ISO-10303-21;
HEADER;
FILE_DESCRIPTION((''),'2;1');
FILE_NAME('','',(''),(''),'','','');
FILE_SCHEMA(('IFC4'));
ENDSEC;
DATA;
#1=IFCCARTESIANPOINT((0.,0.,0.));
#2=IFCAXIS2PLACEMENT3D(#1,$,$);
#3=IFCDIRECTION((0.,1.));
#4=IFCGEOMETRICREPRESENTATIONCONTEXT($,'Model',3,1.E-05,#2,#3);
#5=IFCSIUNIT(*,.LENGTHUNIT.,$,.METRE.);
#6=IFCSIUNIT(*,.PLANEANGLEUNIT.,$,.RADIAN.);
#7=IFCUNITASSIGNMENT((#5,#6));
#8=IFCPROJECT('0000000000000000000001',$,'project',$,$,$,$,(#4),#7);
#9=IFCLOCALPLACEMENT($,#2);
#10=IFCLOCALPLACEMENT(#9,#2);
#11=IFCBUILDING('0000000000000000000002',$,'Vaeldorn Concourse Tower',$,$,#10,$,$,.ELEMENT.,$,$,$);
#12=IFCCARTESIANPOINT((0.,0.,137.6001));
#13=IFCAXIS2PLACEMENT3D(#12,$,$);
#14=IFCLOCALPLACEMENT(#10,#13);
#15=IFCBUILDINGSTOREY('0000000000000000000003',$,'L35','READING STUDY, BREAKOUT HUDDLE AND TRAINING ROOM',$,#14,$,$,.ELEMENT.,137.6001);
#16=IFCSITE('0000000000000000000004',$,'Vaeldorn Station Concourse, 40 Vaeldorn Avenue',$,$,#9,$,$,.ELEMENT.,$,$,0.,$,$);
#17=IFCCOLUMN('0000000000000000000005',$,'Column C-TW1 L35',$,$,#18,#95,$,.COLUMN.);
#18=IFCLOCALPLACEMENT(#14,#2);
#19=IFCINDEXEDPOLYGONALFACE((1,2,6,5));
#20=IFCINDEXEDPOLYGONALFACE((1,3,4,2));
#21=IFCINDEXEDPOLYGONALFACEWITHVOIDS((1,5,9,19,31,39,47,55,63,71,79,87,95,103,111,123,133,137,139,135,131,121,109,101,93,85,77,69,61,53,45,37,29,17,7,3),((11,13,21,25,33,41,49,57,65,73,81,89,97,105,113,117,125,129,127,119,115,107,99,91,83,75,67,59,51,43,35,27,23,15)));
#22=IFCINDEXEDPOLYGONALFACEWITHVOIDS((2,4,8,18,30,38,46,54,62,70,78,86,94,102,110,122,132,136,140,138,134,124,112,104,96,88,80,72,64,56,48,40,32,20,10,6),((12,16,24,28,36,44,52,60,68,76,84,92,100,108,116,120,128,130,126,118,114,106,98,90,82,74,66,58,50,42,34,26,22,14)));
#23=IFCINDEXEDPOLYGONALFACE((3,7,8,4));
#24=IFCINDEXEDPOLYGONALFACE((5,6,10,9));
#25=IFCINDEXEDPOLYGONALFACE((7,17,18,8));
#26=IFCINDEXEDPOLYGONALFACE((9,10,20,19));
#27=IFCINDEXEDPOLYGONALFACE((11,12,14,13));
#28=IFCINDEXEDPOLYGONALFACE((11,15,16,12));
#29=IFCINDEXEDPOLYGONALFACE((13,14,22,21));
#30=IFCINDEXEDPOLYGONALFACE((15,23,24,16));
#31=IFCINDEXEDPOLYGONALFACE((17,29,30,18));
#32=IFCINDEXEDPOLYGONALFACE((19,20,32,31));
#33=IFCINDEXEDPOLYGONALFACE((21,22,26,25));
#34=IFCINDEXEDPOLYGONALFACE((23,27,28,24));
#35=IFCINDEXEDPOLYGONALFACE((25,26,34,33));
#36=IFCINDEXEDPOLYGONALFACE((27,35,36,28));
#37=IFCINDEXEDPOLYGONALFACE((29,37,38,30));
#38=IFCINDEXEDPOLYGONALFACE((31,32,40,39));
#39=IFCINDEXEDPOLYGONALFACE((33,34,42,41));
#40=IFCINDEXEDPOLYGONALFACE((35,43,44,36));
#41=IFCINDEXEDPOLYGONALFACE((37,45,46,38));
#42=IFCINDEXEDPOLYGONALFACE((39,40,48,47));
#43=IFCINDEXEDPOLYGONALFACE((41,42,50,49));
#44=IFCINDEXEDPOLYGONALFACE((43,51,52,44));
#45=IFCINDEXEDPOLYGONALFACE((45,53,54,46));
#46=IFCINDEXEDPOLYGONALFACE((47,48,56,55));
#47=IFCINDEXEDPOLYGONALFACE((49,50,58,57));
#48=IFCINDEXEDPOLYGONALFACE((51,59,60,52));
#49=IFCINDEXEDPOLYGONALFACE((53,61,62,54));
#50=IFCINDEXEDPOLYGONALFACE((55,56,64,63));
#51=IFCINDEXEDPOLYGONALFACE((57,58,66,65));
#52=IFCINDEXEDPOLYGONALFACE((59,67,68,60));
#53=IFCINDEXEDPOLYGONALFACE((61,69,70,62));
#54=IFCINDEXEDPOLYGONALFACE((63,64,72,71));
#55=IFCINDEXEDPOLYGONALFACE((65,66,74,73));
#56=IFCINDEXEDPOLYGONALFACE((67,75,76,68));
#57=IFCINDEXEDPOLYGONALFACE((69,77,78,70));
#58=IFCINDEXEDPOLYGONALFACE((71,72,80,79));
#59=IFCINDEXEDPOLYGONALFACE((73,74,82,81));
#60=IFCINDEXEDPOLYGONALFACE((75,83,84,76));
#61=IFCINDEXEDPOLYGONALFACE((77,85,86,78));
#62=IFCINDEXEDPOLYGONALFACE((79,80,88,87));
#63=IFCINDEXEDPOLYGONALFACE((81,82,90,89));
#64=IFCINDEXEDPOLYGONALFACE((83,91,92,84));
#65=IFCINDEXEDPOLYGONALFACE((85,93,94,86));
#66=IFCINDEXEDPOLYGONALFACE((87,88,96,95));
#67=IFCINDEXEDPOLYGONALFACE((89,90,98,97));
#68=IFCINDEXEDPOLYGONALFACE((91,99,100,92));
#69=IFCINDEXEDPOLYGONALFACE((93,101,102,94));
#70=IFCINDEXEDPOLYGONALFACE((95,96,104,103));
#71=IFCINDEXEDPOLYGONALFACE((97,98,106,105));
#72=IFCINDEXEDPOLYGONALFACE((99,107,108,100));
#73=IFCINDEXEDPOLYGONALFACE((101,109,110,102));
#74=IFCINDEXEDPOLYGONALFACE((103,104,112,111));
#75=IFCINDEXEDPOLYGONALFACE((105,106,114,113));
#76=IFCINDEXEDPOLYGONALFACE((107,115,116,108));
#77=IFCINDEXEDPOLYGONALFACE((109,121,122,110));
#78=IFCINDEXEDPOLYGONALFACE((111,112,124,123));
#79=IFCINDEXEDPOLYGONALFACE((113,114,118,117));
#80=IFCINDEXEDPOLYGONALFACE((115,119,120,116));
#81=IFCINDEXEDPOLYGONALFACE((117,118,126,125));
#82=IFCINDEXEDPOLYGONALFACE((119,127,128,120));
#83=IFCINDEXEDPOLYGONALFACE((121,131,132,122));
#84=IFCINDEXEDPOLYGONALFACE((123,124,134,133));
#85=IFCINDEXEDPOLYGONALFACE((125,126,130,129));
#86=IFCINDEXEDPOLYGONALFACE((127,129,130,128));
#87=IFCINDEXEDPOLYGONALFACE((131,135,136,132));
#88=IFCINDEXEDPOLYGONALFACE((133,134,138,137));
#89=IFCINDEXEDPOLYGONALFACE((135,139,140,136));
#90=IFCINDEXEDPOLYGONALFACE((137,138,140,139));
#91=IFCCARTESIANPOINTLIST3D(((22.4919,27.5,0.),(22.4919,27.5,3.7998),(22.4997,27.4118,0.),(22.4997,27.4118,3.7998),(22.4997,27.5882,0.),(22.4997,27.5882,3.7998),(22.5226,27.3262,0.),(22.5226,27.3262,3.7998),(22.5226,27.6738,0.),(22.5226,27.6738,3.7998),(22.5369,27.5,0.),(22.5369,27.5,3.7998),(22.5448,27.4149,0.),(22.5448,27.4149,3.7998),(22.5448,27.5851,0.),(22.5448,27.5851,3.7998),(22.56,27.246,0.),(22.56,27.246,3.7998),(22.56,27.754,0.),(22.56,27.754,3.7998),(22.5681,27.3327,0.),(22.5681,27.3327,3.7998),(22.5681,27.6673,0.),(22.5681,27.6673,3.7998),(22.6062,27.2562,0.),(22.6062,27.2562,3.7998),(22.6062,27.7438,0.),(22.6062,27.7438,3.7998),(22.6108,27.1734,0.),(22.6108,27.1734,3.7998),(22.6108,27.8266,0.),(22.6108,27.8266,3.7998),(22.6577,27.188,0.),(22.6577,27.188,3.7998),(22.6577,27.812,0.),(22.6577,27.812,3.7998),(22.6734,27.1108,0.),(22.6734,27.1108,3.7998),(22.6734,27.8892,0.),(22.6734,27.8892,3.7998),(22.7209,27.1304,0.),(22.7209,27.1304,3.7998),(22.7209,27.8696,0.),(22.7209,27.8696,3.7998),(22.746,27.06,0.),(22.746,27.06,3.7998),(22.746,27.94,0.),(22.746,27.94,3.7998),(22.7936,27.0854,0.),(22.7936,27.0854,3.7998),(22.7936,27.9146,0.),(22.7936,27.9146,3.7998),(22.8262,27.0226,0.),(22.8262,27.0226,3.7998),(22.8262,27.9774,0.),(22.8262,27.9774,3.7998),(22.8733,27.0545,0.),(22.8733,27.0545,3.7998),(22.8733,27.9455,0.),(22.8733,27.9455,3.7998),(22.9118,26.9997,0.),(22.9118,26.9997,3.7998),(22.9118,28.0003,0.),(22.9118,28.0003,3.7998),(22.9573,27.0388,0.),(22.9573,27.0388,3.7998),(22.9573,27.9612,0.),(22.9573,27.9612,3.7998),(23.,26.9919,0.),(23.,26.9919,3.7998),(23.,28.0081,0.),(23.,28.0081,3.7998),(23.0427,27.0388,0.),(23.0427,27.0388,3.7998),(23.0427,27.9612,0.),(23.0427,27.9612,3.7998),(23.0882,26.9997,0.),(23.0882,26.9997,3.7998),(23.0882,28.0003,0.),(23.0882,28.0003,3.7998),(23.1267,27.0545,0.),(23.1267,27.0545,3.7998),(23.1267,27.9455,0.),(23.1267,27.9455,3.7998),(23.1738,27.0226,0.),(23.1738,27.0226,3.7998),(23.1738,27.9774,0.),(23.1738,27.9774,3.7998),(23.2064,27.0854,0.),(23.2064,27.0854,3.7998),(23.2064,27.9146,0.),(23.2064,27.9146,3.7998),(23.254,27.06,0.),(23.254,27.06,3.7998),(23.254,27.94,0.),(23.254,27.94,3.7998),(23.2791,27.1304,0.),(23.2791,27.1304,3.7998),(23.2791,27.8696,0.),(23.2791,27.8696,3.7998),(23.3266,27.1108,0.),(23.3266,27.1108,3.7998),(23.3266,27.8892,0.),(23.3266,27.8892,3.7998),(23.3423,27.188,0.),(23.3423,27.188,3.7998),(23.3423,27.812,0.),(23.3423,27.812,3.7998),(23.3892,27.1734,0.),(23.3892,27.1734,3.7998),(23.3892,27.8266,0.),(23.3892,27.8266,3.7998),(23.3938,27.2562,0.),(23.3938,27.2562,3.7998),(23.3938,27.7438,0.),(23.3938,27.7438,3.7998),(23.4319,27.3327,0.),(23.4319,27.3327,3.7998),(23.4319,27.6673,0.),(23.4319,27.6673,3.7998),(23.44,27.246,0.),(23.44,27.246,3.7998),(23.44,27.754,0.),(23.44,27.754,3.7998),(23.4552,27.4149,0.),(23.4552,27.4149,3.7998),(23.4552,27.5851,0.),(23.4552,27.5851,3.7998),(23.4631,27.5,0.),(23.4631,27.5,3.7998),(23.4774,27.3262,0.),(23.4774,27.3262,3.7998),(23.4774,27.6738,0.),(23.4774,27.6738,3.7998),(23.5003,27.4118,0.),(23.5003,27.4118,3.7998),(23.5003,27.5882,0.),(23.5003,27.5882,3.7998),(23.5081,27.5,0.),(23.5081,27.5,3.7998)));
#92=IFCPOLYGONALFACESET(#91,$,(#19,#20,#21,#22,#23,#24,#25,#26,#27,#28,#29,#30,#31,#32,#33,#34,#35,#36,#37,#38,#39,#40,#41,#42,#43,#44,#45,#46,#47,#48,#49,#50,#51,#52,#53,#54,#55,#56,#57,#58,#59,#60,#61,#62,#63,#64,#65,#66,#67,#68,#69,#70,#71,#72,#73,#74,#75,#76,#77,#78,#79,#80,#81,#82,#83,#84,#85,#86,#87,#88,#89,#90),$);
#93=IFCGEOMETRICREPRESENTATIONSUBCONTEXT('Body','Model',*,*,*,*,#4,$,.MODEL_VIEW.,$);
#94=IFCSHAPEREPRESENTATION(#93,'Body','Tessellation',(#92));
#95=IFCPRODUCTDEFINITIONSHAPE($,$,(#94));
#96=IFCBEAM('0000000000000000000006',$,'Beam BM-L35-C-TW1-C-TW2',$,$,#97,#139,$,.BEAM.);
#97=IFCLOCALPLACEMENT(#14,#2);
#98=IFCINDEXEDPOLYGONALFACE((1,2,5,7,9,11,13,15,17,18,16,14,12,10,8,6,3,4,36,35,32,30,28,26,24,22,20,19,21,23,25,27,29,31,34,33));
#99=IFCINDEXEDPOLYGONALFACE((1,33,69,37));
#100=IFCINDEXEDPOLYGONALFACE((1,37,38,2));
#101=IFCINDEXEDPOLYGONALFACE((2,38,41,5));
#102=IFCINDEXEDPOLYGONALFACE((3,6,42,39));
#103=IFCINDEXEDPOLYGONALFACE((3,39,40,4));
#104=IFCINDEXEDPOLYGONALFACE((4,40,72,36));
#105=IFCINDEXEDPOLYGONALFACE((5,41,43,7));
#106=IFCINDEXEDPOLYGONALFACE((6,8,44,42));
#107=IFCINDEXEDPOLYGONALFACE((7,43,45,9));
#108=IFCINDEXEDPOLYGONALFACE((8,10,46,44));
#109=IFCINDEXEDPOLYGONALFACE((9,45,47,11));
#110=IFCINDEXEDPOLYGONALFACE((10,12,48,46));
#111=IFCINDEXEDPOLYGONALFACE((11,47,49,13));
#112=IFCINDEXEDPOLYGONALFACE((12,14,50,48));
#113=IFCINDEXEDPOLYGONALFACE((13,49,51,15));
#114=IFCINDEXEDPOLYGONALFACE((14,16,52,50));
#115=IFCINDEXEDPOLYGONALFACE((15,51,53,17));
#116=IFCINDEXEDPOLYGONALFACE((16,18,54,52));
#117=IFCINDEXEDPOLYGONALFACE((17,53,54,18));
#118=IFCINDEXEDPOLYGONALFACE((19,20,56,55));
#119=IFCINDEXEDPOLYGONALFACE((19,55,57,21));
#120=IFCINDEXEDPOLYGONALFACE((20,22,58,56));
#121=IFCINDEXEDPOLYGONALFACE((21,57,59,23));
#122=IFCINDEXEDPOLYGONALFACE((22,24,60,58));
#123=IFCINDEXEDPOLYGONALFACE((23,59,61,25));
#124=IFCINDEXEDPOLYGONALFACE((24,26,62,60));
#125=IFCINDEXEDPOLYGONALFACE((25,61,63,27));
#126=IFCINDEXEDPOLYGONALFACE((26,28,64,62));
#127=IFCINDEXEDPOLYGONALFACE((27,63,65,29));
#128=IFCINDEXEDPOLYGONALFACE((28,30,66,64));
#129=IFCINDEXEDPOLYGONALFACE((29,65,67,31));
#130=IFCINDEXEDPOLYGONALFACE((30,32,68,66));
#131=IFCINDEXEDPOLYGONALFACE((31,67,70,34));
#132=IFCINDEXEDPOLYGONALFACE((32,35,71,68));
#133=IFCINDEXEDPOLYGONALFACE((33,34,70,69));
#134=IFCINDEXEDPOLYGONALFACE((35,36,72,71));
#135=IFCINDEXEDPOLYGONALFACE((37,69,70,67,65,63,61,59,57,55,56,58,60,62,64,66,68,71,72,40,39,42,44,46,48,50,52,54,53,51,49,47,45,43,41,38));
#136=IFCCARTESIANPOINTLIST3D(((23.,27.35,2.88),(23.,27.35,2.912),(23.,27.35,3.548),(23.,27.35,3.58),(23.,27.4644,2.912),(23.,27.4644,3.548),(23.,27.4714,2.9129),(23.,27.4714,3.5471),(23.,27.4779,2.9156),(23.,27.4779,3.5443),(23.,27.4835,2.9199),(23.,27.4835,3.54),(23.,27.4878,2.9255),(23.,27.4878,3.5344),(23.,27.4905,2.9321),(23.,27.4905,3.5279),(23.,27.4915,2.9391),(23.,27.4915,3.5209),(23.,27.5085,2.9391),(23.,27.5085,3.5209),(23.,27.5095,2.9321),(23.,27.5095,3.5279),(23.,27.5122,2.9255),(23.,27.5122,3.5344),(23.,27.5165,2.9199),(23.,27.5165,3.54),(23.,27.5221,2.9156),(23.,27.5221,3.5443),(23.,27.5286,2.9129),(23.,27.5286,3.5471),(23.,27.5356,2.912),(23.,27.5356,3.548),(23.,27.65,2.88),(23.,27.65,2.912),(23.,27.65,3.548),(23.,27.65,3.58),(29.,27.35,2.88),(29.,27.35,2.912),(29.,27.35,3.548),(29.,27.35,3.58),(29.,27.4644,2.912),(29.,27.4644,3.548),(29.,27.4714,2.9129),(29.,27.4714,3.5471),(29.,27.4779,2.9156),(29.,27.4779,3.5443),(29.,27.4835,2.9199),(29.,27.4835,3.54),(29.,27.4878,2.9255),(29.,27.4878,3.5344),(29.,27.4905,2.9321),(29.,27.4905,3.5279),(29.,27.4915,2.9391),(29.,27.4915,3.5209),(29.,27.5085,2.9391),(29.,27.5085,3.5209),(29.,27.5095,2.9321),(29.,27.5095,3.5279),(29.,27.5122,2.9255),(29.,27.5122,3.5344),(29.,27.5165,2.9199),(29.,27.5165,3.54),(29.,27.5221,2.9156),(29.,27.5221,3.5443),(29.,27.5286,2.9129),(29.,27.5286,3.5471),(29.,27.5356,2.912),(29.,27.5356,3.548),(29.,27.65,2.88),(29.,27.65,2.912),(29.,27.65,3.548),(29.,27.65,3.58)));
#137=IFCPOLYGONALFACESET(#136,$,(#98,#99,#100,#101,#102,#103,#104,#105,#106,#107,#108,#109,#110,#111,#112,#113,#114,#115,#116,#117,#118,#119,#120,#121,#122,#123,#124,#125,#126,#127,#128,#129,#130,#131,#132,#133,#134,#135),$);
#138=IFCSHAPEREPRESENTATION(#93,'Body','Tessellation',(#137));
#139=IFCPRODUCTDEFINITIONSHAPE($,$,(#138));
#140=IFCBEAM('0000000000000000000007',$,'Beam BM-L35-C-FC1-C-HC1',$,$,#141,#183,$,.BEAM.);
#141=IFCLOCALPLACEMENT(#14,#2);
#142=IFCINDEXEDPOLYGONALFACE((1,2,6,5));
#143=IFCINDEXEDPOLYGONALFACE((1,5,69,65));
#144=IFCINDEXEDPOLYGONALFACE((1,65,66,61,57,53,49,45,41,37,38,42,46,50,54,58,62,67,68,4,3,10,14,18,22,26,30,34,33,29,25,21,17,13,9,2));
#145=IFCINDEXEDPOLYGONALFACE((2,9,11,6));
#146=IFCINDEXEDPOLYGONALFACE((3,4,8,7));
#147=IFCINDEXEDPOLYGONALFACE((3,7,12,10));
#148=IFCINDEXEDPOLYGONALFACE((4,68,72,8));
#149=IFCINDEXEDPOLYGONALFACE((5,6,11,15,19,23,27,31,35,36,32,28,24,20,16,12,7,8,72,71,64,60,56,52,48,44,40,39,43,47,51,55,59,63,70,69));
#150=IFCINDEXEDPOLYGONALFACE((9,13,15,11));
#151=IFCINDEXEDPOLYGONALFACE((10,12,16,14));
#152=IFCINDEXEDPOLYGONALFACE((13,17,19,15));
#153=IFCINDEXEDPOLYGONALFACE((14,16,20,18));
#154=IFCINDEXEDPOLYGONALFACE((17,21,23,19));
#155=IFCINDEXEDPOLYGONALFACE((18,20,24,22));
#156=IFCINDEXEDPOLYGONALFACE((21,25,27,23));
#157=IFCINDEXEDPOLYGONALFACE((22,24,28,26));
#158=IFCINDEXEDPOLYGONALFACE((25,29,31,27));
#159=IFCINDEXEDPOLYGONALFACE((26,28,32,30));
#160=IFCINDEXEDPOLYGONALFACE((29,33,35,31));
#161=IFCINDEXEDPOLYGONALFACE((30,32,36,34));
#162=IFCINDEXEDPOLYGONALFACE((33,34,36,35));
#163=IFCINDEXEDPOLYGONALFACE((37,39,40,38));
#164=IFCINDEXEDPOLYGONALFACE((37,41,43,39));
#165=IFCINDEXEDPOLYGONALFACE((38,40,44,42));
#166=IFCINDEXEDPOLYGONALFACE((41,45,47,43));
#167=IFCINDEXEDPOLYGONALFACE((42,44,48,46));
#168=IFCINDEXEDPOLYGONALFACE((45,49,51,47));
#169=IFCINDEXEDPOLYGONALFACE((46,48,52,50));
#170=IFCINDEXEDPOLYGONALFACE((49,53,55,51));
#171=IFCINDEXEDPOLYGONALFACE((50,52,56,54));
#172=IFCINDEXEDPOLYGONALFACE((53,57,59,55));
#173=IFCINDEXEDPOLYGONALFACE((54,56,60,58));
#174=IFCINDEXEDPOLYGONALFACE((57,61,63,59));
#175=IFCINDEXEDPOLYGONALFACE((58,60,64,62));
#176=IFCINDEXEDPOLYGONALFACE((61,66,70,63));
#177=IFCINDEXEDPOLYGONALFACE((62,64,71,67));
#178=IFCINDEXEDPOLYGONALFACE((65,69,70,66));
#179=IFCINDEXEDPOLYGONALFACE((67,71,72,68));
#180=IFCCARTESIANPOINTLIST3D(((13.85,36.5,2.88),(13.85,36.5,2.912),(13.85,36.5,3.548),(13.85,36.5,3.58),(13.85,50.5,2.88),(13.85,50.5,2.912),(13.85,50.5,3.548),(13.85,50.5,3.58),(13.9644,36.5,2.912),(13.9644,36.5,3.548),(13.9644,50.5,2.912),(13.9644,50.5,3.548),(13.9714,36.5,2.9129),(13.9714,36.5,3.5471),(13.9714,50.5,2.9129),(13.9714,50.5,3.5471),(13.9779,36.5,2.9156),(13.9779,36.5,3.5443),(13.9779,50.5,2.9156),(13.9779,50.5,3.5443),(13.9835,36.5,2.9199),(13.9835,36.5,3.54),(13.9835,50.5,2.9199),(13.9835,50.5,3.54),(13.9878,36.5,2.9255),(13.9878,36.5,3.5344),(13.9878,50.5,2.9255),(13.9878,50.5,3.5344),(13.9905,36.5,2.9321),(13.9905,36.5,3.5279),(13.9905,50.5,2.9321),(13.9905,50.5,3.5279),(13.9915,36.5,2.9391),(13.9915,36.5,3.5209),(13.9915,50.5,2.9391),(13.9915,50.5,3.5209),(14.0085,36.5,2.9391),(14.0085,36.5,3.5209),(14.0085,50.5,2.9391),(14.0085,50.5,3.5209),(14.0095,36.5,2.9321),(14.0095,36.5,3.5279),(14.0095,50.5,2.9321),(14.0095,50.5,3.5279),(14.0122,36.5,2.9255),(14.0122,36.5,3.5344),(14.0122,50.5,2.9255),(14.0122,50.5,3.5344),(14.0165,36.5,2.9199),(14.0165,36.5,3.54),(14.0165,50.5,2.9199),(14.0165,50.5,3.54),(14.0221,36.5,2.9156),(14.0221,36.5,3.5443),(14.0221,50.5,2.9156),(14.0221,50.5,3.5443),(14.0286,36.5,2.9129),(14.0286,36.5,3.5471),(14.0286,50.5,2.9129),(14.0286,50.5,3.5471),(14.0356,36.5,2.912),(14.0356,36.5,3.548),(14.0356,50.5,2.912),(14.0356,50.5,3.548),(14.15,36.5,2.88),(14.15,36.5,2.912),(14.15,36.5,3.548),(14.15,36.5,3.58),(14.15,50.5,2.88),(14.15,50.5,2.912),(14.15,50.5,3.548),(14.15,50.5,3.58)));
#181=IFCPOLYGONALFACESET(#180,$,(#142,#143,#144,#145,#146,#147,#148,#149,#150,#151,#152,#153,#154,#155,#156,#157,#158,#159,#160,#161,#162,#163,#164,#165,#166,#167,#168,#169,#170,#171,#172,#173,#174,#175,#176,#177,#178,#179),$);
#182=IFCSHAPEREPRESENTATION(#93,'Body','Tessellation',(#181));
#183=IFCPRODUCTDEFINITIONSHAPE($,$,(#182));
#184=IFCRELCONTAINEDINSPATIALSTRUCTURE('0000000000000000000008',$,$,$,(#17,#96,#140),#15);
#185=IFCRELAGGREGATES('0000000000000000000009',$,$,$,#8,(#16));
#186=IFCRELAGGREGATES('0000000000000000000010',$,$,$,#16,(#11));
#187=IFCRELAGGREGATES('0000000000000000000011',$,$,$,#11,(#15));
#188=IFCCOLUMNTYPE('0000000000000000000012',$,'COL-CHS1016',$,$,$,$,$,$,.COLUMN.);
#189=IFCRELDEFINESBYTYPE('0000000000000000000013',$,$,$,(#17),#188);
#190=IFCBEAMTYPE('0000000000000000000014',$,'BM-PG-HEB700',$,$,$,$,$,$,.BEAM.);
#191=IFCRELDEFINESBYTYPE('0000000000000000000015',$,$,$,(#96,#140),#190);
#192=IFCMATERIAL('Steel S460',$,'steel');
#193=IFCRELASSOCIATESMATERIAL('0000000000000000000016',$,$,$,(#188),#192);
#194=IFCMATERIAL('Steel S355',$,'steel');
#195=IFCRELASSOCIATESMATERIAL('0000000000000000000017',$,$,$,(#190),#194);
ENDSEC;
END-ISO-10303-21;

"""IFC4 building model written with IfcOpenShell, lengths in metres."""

from ifc_helpers import new_model, si_unit, direction, frame, origin, origin_2d, place, context, subcontext, project, spatial, hollow_circle, i_section, extrude, source, transform, mapped, material, material_profile, profile_set, type_object, element, save


model = new_model("IFC4")

# Units and contexts
model_context = context("Model", 3, precision=1e-05, world=origin(), true_north=direction((0.0, 1.0)))
body_context = subcontext(model_context, "Body", "Model", "MODEL_VIEW")
ifc_project = project(units=[si_unit("LENGTHUNIT", "METRE"), si_unit("PLANEANGLEUNIT", "RADIAN")], contexts=[model_context])

# Site, building, storey
site_placement = place(None, origin())
site = spatial("IfcSite", under=ifc_project, at=site_placement, Name="Vaeldorn Station Concourse, 40 Vaeldorn Avenue", CompositionType="ELEMENT", RefElevation=0.0)
building_placement = place(site_placement, origin())
building = spatial("IfcBuilding", under=site, at=building_placement, Name="Vaeldorn Concourse Tower", CompositionType="ELEMENT")
storey_placement = place(building_placement, frame((0.0, 0.0, 137.6001)))
storey = spatial("IfcBuildingStorey", under=building, at=storey_placement, Name="L35", Description="READING STUDY, BREAKOUT HUDDLE AND TRAINING ROOM", CompositionType="ELEMENT", Elevation=137.6001)

# Column
ifc_material_1 = material(Name="Steel S460", Category="steel")
ifc_material_profile_1 = material_profile(ifc_material_1, hollow_circle(Radius=0.5081, WallThickness=0.0449, at=origin_2d()), Name="CHS 1016x45")
ifc_profile_set_1 = profile_set([ifc_material_profile_1], Name="Steel S460")
column_type = type_object("IfcColumnType", Name="COL-CHS1016", PredefinedType="COLUMN", material=ifc_profile_set_1)
shared_shape_1 = source(origin(), body_context, "Body", "SweptSolid", [
    extrude(hollow_circle(Radius=0.5081, WallThickness=0.0449, at=origin_2d()), origin(), (0.0, 0.0, 1.0), 3.7998),
])
column_placement = place(storey_placement, frame((23.0, 27.5, 0.0), z_axis=(0.0, 0.0, 1.0), x_axis=(1.0, 0.0, 0.0)))
element("IfcColumn", 1, at=column_placement, inside=storey, type_object=column_type, Name="Column C-TW1 L35", PredefinedType="COLUMN", context=body_context, shape_type="MappedRepresentation", body=[
    mapped(shared_shape_1, transform((0.0, 0.0, 0.0), scale=1.0)),
])

# Beams
ifc_material_2 = material(Name="Steel S355", Category="steel")
ifc_material_profile_2 = material_profile(ifc_material_2, i_section(OverallWidth=0.3, OverallDepth=0.7, WebThickness=0.0171, FlangeThickness=0.032, FilletRadius=0.0271, at=origin_2d()), Name="HEB 700")
ifc_profile_set_2 = profile_set([ifc_material_profile_2], Name="Steel S355")
beam_type = type_object("IfcBeamType", Name="BM-PG-HEB700", PredefinedType="BEAM", material=ifc_profile_set_2)
shared_shape_2 = source(origin(), body_context, "Body", "SweptSolid", [
    extrude(i_section(OverallWidth=0.3, OverallDepth=0.7, WebThickness=0.0171, FlangeThickness=0.032, FilletRadius=0.0271, at=origin_2d()), origin(), (0.0, 0.0, 1.0), 6.0),
])
beam_1_placement = place(storey_placement, frame((23.0, 27.5, 3.23), z_axis=(1.0, 0.0, 0.0), x_axis=(0.0, 1.0, 0.0)))
element("IfcBeam", 2, at=beam_1_placement, inside=storey, type_object=beam_type, Name="Beam BM-L35-C-TW1-C-TW2", PredefinedType="BEAM", context=body_context, shape_type="MappedRepresentation", body=[
    mapped(shared_shape_2, transform((0.0, 0.0, 0.0), scale=1.0)),
])
shared_shape_3 = source(origin(), body_context, "Body", "SweptSolid", [
    extrude(i_section(OverallWidth=0.3, OverallDepth=0.7, WebThickness=0.0171, FlangeThickness=0.032, FilletRadius=0.0271, at=origin_2d()), origin(), (0.0, 0.0, 1.0), 14.0),
])
beam_2_placement = place(storey_placement, frame((14.0, 36.5, 3.23), z_axis=(0.0, 1.0, 0.0), x_axis=(-1.0, 0.0, 0.0)))
element("IfcBeam", 3, at=beam_2_placement, inside=storey, type_object=beam_type, Name="Beam BM-L35-C-FC1-C-HC1", PredefinedType="BEAM", context=body_context, shape_type="MappedRepresentation", body=[
    mapped(shared_shape_3, transform((0.0, 0.0, 0.0), scale=1.0)),
])

save(model, "model.ifc")
